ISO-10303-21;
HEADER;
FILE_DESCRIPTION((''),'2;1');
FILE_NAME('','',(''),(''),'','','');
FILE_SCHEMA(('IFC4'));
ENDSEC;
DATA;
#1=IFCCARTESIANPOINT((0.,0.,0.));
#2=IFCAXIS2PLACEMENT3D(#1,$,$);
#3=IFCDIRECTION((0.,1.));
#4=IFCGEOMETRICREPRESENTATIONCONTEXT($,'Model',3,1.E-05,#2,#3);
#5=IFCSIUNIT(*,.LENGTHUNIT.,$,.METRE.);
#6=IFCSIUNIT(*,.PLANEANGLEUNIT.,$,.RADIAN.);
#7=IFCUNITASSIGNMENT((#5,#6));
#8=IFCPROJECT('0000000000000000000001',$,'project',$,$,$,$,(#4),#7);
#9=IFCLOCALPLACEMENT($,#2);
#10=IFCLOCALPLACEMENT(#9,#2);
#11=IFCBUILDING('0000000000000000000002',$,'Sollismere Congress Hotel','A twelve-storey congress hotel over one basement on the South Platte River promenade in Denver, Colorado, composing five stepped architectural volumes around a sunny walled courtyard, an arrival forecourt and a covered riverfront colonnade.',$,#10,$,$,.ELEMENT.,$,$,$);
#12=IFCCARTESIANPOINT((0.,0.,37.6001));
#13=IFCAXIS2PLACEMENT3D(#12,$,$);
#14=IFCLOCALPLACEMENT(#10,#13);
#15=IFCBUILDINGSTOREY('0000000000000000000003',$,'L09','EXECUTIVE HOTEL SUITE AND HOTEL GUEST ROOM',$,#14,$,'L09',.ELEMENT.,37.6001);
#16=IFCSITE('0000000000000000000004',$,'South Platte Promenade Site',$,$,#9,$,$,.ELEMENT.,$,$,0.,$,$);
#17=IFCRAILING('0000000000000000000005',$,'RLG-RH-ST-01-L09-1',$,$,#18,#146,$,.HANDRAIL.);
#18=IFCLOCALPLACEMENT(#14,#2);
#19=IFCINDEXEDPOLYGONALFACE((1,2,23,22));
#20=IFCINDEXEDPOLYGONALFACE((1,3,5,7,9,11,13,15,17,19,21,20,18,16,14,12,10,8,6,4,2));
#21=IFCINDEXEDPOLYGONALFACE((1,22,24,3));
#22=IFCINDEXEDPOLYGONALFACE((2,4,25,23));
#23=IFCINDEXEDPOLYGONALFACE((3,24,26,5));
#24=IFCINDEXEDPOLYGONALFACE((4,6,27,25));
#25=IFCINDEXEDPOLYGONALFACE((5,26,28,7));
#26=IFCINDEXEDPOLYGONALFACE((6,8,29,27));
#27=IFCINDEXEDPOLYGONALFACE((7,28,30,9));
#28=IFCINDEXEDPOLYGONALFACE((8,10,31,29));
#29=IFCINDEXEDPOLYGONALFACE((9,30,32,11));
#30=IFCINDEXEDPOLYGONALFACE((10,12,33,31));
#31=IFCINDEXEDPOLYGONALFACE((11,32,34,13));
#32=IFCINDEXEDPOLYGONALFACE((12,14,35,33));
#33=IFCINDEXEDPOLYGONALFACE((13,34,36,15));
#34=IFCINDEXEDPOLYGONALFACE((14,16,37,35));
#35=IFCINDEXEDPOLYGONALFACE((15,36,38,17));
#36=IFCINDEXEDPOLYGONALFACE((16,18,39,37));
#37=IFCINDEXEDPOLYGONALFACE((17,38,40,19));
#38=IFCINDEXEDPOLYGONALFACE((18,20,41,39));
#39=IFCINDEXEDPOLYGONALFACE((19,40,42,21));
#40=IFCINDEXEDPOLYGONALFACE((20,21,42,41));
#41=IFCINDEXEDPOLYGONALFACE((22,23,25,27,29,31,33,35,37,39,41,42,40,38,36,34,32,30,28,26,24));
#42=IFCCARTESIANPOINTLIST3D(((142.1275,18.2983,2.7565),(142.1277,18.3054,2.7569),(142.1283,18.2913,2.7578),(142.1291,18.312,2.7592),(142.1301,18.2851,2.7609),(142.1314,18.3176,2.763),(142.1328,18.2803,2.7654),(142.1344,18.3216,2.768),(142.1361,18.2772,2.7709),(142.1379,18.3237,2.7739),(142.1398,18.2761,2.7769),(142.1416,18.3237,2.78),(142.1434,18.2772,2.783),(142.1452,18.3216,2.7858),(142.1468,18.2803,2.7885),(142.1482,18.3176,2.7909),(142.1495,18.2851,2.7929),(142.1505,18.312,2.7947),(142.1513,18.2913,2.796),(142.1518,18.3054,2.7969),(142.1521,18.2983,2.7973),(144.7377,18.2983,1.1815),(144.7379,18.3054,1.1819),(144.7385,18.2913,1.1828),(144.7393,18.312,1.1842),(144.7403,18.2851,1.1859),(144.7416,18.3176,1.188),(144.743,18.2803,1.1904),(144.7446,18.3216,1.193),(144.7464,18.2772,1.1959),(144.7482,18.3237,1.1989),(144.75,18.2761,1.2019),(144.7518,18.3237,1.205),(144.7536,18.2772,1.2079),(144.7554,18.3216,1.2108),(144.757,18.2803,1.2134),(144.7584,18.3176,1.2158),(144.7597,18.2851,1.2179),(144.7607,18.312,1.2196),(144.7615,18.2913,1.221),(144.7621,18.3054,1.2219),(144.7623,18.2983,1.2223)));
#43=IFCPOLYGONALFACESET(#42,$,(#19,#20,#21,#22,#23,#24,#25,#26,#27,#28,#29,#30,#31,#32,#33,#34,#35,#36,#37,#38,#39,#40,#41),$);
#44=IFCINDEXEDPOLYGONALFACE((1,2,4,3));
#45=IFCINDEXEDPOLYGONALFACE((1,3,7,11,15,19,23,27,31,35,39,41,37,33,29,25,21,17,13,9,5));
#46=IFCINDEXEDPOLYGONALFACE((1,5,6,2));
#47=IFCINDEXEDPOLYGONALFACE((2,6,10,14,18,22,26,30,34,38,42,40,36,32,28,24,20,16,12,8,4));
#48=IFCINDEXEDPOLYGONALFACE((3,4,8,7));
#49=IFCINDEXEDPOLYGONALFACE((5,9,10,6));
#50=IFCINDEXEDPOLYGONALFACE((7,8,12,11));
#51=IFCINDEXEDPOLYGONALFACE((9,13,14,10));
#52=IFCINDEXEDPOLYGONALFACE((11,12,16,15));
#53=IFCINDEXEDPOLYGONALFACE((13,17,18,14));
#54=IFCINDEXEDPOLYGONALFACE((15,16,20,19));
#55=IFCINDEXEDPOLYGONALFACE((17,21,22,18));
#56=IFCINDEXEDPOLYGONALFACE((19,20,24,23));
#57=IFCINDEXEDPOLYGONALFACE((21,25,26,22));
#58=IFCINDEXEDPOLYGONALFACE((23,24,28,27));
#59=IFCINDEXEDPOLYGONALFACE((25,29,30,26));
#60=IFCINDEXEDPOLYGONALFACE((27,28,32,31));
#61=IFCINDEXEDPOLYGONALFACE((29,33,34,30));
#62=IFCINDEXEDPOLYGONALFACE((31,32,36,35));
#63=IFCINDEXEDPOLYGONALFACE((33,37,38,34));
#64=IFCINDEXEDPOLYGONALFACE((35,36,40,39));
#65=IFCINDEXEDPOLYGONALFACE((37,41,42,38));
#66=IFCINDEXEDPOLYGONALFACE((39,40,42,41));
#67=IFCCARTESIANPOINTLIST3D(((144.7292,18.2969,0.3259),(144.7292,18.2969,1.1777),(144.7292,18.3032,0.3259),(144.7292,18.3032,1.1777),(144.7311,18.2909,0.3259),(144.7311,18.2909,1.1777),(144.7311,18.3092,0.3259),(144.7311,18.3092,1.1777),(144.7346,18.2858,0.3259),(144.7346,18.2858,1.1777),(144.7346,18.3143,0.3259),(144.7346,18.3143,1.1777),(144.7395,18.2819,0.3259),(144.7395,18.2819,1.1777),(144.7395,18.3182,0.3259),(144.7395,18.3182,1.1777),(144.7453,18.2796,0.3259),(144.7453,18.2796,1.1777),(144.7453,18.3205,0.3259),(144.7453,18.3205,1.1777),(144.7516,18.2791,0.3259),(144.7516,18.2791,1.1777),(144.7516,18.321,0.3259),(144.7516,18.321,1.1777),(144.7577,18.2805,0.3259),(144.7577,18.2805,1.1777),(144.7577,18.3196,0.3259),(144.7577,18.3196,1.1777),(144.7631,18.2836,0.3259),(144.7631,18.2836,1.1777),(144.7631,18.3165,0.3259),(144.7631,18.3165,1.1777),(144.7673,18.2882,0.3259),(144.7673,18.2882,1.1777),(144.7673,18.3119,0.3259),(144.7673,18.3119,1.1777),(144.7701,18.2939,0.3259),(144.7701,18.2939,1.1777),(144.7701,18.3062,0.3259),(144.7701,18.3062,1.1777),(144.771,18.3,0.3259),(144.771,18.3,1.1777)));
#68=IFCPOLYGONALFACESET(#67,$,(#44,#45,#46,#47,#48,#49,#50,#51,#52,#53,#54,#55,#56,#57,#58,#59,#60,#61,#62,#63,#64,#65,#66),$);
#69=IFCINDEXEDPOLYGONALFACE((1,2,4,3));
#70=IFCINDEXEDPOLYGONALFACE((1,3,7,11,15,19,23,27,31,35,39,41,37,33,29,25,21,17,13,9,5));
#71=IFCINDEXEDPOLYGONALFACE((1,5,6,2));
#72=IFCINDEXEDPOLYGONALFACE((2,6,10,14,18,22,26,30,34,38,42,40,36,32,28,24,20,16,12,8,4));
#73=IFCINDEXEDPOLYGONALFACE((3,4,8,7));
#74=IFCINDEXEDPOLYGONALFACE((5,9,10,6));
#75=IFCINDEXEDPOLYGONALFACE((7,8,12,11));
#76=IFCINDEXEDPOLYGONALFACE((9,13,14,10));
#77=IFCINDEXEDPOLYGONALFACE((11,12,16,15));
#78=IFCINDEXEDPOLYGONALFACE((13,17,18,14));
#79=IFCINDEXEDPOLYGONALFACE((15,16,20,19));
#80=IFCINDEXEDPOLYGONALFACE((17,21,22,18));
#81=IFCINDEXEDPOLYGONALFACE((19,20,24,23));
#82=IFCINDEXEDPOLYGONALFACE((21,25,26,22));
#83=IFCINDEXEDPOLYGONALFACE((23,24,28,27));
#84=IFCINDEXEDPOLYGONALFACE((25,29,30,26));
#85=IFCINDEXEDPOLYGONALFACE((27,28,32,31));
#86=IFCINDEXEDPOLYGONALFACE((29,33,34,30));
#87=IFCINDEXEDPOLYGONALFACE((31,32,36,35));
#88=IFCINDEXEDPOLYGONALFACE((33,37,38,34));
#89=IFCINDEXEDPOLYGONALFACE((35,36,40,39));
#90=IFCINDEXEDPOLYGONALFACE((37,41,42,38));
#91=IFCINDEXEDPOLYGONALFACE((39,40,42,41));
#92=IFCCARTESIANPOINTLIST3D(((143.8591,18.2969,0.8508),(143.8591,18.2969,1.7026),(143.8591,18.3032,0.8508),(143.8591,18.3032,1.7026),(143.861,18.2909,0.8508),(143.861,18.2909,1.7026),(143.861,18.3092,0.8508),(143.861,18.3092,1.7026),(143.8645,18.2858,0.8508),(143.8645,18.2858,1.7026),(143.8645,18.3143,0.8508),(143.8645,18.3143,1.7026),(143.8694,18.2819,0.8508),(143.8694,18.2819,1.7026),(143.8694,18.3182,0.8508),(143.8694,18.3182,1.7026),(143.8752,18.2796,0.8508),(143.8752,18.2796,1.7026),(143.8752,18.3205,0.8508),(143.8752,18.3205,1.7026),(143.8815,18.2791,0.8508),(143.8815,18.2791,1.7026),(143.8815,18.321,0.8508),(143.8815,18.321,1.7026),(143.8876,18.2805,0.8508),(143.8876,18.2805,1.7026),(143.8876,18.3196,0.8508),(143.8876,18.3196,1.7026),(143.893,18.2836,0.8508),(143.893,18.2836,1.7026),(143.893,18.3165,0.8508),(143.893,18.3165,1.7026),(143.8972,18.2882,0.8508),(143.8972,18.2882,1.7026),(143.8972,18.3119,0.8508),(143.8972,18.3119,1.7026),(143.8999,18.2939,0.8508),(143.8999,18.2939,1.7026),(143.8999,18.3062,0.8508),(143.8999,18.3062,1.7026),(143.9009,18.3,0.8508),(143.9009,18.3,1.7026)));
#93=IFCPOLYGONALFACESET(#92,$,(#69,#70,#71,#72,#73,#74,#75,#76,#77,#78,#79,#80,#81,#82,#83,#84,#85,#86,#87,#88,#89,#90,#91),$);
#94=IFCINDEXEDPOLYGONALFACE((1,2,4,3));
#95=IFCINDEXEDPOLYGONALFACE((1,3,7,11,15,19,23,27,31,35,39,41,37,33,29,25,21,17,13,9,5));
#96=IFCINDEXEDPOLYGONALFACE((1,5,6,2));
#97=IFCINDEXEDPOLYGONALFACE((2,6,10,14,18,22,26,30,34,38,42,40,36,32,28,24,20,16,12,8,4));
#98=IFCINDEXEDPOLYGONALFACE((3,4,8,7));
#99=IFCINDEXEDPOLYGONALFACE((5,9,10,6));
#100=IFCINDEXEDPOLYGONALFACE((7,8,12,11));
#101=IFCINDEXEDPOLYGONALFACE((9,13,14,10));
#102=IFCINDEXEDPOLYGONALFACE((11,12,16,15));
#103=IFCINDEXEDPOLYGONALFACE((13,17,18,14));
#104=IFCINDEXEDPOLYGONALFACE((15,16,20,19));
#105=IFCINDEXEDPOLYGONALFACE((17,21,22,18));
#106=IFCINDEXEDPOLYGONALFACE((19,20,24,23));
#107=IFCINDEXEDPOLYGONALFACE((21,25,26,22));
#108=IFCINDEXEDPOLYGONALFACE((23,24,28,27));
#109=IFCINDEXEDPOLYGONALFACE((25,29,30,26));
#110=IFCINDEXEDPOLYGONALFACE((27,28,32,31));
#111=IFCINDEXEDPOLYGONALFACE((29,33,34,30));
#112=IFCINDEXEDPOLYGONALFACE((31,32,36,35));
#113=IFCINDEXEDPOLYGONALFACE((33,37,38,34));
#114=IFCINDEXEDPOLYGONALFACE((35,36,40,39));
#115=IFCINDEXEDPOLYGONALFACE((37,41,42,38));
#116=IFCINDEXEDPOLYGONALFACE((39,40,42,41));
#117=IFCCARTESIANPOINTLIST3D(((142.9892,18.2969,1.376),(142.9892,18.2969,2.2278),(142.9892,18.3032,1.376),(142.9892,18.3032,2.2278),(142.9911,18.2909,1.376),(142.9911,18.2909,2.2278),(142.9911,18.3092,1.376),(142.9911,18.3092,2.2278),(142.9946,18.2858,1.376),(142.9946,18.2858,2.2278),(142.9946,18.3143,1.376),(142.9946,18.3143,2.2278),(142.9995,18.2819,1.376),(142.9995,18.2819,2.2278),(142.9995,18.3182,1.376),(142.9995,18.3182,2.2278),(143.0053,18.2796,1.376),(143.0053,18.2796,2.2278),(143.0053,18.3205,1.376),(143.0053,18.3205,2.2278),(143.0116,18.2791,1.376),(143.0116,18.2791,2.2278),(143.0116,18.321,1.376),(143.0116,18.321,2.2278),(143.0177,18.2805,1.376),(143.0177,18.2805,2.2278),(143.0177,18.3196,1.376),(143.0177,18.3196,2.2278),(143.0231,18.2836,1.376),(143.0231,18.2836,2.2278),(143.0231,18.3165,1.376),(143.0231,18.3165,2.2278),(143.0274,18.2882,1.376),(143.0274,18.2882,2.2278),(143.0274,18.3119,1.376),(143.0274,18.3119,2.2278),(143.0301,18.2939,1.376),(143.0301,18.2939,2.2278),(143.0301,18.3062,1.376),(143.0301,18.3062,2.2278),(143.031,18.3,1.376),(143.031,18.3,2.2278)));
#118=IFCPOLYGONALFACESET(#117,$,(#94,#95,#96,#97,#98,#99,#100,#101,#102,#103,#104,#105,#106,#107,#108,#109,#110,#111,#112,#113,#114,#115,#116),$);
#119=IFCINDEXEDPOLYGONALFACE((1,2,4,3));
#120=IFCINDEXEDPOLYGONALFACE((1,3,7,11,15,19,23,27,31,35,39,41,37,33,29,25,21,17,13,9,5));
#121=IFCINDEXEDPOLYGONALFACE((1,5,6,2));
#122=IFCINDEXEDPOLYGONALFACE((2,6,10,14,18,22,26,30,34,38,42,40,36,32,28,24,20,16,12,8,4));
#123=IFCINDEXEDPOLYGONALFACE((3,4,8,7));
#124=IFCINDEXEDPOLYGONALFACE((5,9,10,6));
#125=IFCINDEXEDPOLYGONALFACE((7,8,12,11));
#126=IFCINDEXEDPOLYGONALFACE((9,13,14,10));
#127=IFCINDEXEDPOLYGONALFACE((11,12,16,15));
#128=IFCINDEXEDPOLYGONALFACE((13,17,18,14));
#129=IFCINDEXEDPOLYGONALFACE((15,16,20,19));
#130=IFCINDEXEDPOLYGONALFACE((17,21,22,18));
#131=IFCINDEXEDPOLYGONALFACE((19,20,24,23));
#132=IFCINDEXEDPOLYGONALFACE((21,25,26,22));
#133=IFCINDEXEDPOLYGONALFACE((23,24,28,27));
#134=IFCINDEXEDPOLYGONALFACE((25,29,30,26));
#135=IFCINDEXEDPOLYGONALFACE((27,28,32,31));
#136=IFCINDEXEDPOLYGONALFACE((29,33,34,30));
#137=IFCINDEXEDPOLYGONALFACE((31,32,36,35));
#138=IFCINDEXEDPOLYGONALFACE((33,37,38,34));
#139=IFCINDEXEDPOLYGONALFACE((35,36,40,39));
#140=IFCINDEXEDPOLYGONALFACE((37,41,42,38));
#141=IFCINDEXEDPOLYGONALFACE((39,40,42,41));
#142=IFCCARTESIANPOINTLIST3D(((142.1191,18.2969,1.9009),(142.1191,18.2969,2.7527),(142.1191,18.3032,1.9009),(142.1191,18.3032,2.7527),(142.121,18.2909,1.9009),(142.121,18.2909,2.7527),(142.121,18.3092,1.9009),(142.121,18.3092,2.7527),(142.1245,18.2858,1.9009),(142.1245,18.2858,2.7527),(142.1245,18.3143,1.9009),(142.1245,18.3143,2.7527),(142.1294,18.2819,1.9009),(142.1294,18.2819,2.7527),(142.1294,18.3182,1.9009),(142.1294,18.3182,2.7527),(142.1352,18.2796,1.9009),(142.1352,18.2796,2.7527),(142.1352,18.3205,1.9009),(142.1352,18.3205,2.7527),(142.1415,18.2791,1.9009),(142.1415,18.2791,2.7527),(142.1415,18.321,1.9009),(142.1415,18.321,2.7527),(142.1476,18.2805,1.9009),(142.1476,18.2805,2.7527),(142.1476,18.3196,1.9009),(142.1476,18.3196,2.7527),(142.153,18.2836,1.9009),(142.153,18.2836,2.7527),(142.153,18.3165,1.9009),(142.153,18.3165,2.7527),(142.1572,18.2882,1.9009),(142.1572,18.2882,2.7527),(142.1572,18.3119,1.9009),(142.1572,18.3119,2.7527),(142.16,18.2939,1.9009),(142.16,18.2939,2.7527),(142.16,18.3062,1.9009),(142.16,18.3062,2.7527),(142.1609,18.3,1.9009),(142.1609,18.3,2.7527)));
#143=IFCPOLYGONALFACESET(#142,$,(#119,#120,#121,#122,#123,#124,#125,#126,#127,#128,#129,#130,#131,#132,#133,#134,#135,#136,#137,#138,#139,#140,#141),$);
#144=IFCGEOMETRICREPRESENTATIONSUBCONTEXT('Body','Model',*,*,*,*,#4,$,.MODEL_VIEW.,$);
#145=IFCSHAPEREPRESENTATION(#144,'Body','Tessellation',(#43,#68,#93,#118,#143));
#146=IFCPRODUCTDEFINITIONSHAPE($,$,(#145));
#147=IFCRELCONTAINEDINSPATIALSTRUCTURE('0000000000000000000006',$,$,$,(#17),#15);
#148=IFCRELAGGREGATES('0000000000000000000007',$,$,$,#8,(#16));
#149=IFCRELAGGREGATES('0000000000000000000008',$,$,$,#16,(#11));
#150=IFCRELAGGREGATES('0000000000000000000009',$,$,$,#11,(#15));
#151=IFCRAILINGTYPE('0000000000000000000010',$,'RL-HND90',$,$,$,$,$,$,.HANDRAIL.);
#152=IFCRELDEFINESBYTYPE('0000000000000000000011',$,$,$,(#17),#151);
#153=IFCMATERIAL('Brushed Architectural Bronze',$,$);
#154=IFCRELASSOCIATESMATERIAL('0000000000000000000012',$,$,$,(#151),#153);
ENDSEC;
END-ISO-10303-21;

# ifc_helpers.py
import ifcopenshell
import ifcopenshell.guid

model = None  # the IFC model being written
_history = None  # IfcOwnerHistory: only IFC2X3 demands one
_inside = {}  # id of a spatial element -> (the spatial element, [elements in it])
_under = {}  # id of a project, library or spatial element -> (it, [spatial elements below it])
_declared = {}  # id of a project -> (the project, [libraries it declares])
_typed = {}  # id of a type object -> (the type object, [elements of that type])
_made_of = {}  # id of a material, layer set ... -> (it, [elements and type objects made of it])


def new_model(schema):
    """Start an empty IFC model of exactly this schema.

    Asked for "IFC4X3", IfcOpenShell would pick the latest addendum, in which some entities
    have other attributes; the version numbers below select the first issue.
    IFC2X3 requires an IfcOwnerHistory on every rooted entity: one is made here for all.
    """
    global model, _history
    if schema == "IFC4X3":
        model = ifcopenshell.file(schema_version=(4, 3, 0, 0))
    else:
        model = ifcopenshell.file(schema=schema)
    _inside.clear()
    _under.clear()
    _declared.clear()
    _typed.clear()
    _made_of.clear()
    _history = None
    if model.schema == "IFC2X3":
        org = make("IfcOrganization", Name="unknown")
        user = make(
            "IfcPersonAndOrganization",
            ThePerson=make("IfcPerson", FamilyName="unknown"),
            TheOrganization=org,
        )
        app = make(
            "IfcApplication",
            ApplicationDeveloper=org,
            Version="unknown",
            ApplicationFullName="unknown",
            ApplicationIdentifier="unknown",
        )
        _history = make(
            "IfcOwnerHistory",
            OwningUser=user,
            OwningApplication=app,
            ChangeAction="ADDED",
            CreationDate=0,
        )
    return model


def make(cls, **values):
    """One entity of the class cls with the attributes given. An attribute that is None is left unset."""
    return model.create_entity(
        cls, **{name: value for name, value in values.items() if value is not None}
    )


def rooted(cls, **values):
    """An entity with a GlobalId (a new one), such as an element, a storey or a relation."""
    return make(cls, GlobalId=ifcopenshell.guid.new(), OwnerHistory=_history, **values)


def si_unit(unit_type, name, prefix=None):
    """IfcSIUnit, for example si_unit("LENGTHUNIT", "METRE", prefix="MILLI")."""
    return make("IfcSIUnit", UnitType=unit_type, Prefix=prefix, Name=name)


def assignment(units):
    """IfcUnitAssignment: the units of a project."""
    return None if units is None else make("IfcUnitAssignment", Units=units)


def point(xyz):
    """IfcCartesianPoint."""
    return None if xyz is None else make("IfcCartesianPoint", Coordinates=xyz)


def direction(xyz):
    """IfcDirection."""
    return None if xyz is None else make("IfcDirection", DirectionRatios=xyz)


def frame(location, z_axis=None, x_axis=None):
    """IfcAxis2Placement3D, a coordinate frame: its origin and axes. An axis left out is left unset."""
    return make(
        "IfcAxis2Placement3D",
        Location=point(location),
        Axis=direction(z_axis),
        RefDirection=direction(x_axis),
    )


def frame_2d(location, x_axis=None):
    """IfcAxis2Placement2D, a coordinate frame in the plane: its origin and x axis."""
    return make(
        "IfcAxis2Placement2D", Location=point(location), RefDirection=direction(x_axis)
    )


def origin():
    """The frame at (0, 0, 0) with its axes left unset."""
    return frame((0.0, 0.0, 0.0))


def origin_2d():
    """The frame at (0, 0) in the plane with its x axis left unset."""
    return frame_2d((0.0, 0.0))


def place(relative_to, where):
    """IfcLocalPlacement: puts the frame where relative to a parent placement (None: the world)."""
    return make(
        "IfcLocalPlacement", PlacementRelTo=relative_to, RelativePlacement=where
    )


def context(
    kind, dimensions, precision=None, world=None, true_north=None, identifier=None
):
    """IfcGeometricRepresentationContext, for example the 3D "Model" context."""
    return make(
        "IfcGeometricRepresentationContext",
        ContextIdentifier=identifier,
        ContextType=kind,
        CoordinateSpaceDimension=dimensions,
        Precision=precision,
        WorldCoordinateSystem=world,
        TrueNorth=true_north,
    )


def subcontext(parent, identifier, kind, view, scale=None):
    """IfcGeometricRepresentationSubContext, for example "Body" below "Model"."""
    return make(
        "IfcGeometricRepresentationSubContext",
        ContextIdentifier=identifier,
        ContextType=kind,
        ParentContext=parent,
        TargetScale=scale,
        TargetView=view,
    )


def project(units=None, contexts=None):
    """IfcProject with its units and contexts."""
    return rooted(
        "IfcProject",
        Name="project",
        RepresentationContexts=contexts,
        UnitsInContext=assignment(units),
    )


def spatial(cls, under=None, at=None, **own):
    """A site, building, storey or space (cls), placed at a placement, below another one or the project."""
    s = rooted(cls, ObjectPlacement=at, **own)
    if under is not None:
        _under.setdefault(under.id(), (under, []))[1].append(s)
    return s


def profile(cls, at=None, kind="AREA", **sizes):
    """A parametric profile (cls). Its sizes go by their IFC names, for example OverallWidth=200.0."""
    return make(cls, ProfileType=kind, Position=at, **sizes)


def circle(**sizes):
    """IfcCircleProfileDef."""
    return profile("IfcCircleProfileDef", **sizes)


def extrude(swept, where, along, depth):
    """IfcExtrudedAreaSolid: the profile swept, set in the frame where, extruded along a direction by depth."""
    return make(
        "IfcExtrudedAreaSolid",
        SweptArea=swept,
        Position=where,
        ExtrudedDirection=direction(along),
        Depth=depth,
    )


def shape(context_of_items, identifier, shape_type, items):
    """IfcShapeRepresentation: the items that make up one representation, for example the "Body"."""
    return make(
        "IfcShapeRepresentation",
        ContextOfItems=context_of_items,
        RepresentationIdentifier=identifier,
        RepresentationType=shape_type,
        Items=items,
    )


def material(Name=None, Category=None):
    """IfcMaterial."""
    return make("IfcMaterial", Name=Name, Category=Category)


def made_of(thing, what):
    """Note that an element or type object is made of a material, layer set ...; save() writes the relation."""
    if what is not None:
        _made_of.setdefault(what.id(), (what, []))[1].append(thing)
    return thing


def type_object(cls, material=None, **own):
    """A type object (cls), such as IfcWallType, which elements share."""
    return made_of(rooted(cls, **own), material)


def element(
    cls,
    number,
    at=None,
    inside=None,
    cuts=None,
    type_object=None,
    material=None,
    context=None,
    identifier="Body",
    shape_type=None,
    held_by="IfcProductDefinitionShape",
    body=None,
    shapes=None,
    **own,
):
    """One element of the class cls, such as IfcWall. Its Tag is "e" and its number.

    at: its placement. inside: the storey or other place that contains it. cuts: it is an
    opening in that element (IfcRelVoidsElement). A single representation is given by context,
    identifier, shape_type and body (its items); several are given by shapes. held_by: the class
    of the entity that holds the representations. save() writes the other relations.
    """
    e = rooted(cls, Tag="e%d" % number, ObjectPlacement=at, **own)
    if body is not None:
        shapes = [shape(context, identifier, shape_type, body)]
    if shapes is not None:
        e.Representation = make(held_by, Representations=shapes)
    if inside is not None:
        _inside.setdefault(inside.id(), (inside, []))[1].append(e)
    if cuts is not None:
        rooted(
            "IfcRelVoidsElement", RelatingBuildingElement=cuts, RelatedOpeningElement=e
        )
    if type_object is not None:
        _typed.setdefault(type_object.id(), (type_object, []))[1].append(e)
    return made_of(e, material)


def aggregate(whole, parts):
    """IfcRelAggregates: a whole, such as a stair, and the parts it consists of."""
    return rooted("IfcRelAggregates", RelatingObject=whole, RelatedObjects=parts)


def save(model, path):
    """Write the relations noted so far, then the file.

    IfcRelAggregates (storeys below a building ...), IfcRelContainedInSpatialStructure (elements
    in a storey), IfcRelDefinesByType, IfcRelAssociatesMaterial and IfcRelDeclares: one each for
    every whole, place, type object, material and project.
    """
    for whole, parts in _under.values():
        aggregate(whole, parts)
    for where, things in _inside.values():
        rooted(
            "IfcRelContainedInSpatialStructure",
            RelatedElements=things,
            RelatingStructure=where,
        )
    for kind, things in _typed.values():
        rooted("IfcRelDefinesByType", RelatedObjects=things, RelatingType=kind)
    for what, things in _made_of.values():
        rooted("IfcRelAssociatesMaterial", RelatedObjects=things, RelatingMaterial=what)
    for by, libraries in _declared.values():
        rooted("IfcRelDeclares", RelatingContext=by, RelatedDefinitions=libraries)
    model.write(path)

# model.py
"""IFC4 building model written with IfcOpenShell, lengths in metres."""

from ifc_helpers import new_model, si_unit, direction, frame, origin, origin_2d, place, context, subcontext, project, spatial, circle, extrude, material, type_object, element, save


model = new_model("IFC4")

# Units and contexts
model_context = context("Model", 3, precision=1e-05, world=origin(), true_north=direction((0.0, 1.0)))
body_context = subcontext(model_context, "Body", "Model", "MODEL_VIEW")
ifc_project = project(units=[si_unit("LENGTHUNIT", "METRE"), si_unit("PLANEANGLEUNIT", "RADIAN")], contexts=[model_context])

# Site, building, storey
site_placement = place(None, origin())
site = spatial("IfcSite", under=ifc_project, at=site_placement, Name="South Platte Promenade Site", CompositionType="ELEMENT", RefElevation=0.0)
building_placement = place(site_placement, origin())
building = spatial("IfcBuilding", under=site, at=building_placement, Name="Sollismere Congress Hotel", Description="A twelve-storey congress hotel over one basement on the South Platte River promenade in Denver, Colorado, composing five stepped architectural volumes around a sunny walled courtyard, an arrival forecourt and a covered riverfront colonnade.", CompositionType="ELEMENT")
storey_placement = place(building_placement, frame((0.0, 0.0, 37.6001)))
storey = spatial("IfcBuildingStorey", under=building, at=storey_placement, Name="L09", Description="EXECUTIVE HOTEL SUITE AND HOTEL GUEST ROOM", LongName="L09", CompositionType="ELEMENT", Elevation=37.6001)

# Railing
ifc_material_1 = material(Name="Brushed Architectural Bronze")
railing_type_1 = type_object("IfcRailingType", Name="RL-HND90", PredefinedType="HANDRAIL", material=ifc_material_1)
railing_1_placement = place(storey_placement, frame((144.75, 18.3, 0.3259)))
element("IfcRailing", 1, at=railing_1_placement, inside=storey, type_object=railing_type_1, Name="RLG-RH-ST-01-L09-1", PredefinedType="HANDRAIL", context=body_context, shape_type="SweptSolid", body=[
    extrude(circle(Radius=0.0239, at=origin_2d()), frame((0.0, 0.0, 0.876), z_axis=(-0.856204, 0.0, 0.516638), x_axis=(0.0, -1.0, 0.0)), (0.0, 0.0, 1.0), 3.0486),
    extrude(circle(Radius=0.021, at=origin_2d()), origin(), (0.0, 0.0, 1.0), 0.8518),
    extrude(circle(Radius=0.021, at=origin_2d()), frame((-0.8701, 0.0, 0.5249)), (0.0, 0.0, 1.0), 0.8518),
    extrude(circle(Radius=0.021, at=origin_2d()), frame((-1.74, 0.0, 1.05)), (0.0, 0.0, 1.0), 0.8518),
    extrude(circle(Radius=0.021, at=origin_2d()), frame((-2.6101, 0.0, 1.575)), (0.0, 0.0, 1.0), 0.8518),
])

save(model, "model.ifc")
